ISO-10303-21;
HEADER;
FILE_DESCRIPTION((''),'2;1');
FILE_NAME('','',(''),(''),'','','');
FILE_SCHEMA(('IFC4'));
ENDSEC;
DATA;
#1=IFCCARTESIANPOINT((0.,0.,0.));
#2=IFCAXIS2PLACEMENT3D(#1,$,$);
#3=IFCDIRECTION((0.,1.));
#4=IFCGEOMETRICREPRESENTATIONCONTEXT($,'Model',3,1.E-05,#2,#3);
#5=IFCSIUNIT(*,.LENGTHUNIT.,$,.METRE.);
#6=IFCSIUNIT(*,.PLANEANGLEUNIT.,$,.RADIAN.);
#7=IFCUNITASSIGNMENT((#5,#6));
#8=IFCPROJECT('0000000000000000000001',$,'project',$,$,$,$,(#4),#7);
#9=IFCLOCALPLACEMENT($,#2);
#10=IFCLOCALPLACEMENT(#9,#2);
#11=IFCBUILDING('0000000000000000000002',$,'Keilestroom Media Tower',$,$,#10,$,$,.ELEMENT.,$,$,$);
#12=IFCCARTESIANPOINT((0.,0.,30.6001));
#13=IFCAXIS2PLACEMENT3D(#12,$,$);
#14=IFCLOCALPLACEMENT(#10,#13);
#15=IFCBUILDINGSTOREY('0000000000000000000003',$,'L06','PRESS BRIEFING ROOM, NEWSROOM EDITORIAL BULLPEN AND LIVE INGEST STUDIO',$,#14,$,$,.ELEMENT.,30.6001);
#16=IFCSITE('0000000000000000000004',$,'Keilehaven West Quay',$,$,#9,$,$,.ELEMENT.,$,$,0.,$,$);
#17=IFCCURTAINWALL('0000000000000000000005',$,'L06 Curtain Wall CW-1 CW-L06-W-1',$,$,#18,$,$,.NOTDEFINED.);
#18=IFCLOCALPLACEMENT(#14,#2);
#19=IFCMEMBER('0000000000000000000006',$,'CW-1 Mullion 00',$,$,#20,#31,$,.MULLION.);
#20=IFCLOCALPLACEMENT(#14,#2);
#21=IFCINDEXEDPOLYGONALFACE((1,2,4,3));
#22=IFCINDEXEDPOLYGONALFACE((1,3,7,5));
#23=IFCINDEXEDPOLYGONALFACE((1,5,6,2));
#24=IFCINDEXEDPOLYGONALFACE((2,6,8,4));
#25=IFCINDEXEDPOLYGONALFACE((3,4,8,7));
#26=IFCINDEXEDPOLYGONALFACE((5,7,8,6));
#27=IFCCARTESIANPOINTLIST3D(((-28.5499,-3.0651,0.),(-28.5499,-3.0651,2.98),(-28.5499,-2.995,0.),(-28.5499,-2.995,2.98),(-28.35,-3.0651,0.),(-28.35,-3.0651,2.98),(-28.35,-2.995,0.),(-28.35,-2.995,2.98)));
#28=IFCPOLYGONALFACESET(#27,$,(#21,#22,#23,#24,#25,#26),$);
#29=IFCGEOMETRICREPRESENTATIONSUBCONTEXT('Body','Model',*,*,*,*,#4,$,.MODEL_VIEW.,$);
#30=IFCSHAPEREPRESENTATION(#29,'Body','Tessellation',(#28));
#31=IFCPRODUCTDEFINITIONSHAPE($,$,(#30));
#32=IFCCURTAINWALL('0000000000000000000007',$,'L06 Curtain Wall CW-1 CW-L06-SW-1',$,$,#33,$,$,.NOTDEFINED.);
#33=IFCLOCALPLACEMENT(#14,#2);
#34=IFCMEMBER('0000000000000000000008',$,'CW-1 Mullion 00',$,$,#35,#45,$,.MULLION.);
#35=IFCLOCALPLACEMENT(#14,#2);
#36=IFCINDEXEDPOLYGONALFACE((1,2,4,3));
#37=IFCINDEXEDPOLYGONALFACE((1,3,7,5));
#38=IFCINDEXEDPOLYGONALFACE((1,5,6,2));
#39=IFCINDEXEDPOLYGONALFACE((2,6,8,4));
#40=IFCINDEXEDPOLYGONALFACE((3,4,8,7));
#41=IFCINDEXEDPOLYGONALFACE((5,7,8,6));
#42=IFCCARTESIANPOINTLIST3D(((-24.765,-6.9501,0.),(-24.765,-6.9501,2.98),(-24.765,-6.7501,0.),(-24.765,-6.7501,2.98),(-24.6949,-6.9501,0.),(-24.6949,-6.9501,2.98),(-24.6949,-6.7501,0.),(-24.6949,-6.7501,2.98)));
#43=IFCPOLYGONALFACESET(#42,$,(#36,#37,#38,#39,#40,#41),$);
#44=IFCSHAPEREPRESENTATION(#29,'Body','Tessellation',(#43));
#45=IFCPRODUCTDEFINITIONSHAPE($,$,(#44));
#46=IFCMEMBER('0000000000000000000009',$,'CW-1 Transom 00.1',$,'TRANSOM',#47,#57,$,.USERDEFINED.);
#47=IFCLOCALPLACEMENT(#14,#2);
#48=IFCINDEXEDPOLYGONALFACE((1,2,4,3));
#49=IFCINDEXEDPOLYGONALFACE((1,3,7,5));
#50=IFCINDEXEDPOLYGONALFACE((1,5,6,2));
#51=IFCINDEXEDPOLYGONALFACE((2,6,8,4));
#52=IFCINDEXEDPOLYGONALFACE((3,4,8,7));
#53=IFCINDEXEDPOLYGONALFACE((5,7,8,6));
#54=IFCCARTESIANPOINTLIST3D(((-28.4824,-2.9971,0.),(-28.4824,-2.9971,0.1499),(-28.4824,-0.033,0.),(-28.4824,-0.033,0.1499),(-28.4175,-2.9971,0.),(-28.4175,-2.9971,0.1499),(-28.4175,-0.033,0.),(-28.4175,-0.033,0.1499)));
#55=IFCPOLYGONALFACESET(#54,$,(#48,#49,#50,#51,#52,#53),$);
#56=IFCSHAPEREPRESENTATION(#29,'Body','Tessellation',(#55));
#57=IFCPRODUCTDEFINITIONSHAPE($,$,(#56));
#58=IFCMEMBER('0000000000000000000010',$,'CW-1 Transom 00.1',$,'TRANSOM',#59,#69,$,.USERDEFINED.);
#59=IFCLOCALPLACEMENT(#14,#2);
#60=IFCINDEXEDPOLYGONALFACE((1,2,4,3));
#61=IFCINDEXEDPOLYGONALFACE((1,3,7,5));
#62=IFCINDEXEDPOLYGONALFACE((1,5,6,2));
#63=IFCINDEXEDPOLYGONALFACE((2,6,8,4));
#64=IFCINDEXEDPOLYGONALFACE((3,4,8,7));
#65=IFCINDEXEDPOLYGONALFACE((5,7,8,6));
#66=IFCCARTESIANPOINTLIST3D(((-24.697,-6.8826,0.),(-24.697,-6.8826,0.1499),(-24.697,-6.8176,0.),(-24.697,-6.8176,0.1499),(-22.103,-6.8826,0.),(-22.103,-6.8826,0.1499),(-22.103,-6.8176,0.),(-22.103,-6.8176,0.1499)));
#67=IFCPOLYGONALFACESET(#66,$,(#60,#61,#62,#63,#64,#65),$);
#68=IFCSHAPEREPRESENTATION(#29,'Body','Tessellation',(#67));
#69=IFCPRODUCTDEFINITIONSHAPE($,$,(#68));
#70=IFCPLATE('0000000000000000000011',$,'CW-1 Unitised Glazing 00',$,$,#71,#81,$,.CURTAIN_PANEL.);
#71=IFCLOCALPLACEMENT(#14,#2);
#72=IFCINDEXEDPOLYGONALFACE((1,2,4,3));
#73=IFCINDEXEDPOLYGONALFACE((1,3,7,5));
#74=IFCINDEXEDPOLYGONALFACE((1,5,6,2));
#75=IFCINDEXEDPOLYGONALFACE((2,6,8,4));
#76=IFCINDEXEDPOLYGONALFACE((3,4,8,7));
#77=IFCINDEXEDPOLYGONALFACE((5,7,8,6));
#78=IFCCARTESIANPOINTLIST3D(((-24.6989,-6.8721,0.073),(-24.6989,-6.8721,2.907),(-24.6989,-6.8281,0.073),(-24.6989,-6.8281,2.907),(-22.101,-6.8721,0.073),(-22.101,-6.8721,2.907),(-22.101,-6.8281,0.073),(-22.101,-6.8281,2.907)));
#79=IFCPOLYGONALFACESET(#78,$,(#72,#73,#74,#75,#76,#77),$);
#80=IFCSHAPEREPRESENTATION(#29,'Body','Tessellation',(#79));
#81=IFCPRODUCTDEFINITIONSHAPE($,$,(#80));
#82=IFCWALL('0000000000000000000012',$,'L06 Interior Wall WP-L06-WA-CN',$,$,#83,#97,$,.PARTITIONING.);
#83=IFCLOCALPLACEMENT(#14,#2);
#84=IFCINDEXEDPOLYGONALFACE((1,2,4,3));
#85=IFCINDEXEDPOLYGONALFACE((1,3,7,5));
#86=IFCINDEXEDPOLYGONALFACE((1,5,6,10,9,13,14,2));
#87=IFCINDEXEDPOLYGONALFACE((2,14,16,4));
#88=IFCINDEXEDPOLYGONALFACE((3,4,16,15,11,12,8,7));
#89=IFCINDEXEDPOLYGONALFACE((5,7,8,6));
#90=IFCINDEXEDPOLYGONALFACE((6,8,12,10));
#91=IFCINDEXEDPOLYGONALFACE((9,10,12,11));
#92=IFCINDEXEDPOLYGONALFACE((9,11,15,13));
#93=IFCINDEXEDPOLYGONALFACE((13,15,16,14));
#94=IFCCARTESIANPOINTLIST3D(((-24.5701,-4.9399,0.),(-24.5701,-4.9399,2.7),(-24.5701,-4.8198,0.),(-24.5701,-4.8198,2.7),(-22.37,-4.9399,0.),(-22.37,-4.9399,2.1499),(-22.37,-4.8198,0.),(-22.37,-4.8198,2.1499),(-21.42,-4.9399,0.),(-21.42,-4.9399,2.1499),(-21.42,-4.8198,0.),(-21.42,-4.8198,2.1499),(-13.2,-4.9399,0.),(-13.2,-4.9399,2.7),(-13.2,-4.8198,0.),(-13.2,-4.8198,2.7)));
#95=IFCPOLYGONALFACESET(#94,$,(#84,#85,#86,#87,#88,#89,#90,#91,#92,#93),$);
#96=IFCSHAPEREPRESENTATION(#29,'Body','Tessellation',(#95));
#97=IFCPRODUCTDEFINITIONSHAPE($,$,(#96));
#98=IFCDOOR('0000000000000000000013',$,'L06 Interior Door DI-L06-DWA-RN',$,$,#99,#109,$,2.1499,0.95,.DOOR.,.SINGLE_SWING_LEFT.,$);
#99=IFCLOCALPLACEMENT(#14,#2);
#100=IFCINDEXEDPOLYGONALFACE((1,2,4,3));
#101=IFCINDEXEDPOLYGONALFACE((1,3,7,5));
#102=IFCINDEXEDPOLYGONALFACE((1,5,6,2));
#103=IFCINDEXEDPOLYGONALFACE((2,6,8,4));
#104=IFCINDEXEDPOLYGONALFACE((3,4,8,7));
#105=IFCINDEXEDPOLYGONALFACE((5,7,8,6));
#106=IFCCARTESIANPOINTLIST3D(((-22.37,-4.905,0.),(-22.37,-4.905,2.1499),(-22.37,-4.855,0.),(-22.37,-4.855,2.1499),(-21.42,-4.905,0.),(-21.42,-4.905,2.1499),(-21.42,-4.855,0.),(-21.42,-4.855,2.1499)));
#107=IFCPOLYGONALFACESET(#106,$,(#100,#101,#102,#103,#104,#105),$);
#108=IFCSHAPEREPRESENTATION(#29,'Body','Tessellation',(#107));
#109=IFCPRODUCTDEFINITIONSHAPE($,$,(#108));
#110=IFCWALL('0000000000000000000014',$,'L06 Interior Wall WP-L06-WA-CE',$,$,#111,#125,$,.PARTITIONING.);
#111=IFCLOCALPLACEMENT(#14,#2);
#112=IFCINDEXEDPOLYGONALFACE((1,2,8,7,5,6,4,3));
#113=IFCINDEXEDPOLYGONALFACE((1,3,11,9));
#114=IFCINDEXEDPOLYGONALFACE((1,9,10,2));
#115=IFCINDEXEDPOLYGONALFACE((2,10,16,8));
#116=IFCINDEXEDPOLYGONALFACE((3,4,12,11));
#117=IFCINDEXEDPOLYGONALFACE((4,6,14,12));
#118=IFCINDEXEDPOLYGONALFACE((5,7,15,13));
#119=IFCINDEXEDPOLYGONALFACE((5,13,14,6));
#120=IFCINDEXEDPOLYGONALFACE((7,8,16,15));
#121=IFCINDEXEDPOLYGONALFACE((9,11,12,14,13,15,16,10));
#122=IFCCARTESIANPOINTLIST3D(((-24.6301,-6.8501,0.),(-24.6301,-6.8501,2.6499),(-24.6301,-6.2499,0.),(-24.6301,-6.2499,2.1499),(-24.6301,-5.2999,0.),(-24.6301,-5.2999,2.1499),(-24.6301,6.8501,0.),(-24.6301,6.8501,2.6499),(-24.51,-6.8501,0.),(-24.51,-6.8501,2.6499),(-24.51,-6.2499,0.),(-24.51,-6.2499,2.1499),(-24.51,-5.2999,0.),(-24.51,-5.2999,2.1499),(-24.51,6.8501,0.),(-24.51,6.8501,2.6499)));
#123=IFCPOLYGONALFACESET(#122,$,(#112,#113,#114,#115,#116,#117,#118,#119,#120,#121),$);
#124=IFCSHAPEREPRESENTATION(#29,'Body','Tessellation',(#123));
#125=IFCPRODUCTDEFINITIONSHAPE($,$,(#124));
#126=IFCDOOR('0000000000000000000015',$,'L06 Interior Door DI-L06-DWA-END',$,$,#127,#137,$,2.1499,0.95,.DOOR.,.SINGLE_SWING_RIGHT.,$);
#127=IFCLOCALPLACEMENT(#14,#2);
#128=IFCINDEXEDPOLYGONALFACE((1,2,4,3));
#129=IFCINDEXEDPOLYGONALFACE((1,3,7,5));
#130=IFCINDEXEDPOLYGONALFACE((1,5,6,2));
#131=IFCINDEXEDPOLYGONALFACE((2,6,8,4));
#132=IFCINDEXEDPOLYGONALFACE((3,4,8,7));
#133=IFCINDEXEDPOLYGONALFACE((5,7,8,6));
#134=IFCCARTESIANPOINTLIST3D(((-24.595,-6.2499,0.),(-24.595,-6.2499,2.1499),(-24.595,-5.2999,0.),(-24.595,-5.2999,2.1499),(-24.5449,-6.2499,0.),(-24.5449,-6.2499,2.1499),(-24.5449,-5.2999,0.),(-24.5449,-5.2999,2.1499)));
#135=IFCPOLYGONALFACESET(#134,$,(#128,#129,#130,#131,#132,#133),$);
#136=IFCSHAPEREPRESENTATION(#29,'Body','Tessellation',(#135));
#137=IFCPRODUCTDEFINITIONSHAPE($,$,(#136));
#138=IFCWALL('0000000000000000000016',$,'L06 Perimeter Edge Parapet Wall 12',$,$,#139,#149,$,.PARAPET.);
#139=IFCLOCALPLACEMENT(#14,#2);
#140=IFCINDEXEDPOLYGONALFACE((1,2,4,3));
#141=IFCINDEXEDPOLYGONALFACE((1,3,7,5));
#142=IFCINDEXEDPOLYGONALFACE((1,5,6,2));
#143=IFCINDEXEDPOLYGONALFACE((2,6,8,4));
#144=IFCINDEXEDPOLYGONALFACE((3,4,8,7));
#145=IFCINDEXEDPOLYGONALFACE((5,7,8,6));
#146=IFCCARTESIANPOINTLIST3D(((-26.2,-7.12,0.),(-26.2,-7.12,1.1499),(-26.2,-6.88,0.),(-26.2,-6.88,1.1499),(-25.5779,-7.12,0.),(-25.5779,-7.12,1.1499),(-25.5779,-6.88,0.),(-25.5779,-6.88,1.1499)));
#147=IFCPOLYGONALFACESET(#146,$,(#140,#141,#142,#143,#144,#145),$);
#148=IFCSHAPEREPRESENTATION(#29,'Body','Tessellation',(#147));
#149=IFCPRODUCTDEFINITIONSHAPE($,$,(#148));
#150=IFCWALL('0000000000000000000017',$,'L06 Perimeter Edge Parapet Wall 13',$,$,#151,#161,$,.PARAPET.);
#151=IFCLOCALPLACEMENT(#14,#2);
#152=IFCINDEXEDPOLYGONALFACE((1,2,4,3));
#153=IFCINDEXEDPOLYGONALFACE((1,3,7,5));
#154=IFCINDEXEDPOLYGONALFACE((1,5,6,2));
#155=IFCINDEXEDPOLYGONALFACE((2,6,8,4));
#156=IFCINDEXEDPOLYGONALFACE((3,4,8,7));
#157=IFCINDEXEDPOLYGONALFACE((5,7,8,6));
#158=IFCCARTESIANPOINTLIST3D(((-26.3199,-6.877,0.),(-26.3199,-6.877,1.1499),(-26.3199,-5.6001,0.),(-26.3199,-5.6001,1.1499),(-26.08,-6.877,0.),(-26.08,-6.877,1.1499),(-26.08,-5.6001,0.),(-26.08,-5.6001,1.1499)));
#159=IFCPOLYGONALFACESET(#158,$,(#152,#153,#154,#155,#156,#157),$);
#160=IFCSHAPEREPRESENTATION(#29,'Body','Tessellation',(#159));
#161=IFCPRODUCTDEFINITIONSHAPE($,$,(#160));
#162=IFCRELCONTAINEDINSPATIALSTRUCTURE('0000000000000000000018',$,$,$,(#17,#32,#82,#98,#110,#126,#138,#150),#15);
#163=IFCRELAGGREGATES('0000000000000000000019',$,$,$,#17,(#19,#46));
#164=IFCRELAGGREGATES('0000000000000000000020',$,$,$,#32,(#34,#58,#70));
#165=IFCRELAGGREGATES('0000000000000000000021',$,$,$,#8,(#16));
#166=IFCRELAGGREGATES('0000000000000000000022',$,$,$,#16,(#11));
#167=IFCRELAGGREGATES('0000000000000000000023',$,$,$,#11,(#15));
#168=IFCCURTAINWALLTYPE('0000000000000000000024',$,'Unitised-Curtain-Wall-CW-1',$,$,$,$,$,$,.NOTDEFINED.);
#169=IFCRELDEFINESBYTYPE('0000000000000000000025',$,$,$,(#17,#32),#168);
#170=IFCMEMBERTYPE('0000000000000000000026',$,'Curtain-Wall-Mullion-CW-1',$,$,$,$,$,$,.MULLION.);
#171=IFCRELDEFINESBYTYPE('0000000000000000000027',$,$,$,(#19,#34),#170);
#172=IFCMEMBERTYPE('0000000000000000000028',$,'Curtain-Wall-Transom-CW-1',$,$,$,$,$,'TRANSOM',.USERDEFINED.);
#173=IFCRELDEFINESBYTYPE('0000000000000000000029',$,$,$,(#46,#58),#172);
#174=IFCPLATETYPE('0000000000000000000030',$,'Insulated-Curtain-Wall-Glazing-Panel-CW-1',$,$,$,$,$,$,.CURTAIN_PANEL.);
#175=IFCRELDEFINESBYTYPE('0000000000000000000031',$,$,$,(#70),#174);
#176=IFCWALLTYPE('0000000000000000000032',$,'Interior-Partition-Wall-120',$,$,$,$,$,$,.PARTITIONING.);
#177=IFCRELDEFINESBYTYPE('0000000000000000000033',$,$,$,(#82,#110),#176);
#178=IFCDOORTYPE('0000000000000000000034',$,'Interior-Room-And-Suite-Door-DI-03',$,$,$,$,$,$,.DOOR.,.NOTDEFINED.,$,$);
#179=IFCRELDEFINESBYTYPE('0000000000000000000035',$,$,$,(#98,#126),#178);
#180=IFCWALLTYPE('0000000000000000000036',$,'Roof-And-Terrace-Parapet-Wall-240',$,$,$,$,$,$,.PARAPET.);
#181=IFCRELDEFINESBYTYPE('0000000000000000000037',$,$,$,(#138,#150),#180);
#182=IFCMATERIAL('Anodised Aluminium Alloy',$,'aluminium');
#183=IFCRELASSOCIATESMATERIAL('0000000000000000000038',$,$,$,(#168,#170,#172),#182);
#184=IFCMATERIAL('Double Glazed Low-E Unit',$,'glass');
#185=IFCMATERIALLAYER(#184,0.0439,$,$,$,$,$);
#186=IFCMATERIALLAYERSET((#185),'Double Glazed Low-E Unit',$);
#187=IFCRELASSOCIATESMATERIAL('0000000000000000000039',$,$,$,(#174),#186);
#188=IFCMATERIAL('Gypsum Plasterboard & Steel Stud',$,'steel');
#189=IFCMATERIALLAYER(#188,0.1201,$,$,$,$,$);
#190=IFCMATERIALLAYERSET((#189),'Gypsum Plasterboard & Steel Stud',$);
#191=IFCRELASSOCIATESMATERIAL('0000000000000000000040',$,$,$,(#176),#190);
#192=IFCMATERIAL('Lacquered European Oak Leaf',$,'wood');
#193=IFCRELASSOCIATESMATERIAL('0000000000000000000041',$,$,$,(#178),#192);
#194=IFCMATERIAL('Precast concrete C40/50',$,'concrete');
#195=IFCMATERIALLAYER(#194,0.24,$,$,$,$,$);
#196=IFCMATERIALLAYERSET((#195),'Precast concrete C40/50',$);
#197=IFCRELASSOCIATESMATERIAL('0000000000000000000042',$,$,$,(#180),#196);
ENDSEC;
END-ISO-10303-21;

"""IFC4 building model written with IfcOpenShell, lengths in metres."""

from ifc_helpers import new_model, si_unit, direction, frame, frame_2d, origin, origin_2d, place, context, subcontext, project, spatial, rectangle, extrude, source, transform, mapped, material, layer, layer_set, material_profile, profile_set, type_object, element, fill, aggregate, save


model = new_model("IFC4")

# Units and contexts
model_context = context("Model", 3, precision=1e-05, world=origin(), true_north=direction((0.0, 1.0)))
body_context = subcontext(model_context, "Body", "Model", "MODEL_VIEW")
ifc_project = project(units=[si_unit("LENGTHUNIT", "METRE"), si_unit("PLANEANGLEUNIT", "RADIAN")], contexts=[model_context])

# Site, building, storey
site_placement = place(None, origin())
site = spatial("IfcSite", under=ifc_project, at=site_placement, Name="Keilehaven West Quay", CompositionType="ELEMENT", RefElevation=0.0)
building_placement = place(site_placement, origin())
building = spatial("IfcBuilding", under=site, at=building_placement, Name="Keilestroom Media Tower", CompositionType="ELEMENT")
storey_placement = place(building_placement, frame((0.0, 0.0, 30.6001)))
storey = spatial("IfcBuildingStorey", under=building, at=storey_placement, Name="L06", Description="PRESS BRIEFING ROOM, NEWSROOM EDITORIAL BULLPEN AND LIVE INGEST STUDIO", CompositionType="ELEMENT", Elevation=30.6001)

# Shared definitions
ifc_material_1 = material(Name="Precast concrete C40/50", Category="concrete")

# Curtain walls, members
ifc_material_2 = material(Name="Anodised Aluminium Alloy", Category="aluminium")
curtain_wall_type = type_object("IfcCurtainWallType", Name="Unitised-Curtain-Wall-CW-1", PredefinedType="NOTDEFINED", material=ifc_material_2)
curtain_wall_1_placement = place(storey_placement, origin())
curtain_wall_1 = element("IfcCurtainWall", 1, at=curtain_wall_1_placement, inside=storey, type_object=curtain_wall_type, Name="L06 Curtain Wall CW-1 CW-L06-W-1", PredefinedType="NOTDEFINED")
ifc_material_profile_1 = material_profile(ifc_material_2, rectangle(XDim=0.0701, YDim=0.2, at=origin_2d()), Name="ALU MULLION 70x200")
ifc_profile_set_1 = profile_set([ifc_material_profile_1], Name="Anodised Aluminium Alloy")
member_type_1 = type_object("IfcMemberType", Name="Curtain-Wall-Mullion-CW-1", PredefinedType="MULLION", material=ifc_profile_set_1)
shared_shape_1 = source(origin(), body_context, "Body", "SweptSolid", [
    extrude(rectangle(XDim=0.0701, YDim=0.2, at=origin_2d()), origin(), (0.0, 0.0, 1.0), 2.98),
])
member_1_placement = place(storey_placement, frame((-28.45, -3.03, 0.0), z_axis=(0.0, 0.0, 1.0), x_axis=(0.0, 1.0, 0.0)))
member_1 = element("IfcMember", 2, at=member_1_placement, type_object=member_type_1, Name="CW-1 Mullion 00", PredefinedType="MULLION", context=body_context, shape_type="MappedRepresentation", body=[
    mapped(shared_shape_1, transform((0.0, 0.0, 0.0), x_axis=(1.0, 0.0, 0.0), y_axis=(0.0, 1.0, 0.0), z_axis=(0.0, 0.0, 1.0), scale=1.0)),
])
curtain_wall_2_placement = place(storey_placement, origin())
curtain_wall_2 = element("IfcCurtainWall", 3, at=curtain_wall_2_placement, inside=storey, type_object=curtain_wall_type, Name="L06 Curtain Wall CW-1 CW-L06-SW-1", PredefinedType="NOTDEFINED")
member_2_placement = place(storey_placement, frame((-24.73, -6.8501, 0.0), z_axis=(0.0, 0.0, 1.0), x_axis=(1.0, 0.0, 0.0)))
member_2 = element("IfcMember", 4, at=member_2_placement, type_object=member_type_1, Name="CW-1 Mullion 00", PredefinedType="MULLION", context=body_context, shape_type="MappedRepresentation", body=[
    mapped(shared_shape_1, transform((0.0, 0.0, 0.0), x_axis=(1.0, 0.0, 0.0), y_axis=(0.0, 1.0, 0.0), z_axis=(0.0, 0.0, 1.0), scale=1.0)),
])

# Members
ifc_material_profile_2 = material_profile(ifc_material_2, rectangle(XDim=0.0649, YDim=0.1499, at=origin_2d()), Name="ALU TRANSOM 65x150")
ifc_profile_set_2 = profile_set([ifc_material_profile_2], Name="Anodised Aluminium Alloy")
member_type_2 = type_object("IfcMemberType", Name="Curtain-Wall-Transom-CW-1", ElementType="TRANSOM", PredefinedType="USERDEFINED", material=ifc_profile_set_2)
shared_shape_2 = source(origin(), body_context, "Body", "SweptSolid", [
    extrude(rectangle(XDim=0.0649, YDim=0.1499, at=origin_2d()), origin(), (0.0, 0.0, 1.0), 2.9641),
])
member_3_placement = place(storey_placement, frame((-28.45, -2.9971, 0.075), z_axis=(0.0, 1.0, 0.0), x_axis=(-1.0, 0.0, 0.0)))
member_3 = element("IfcMember", 5, at=member_3_placement, type_object=member_type_2, Name="CW-1 Transom 00.1", ObjectType="TRANSOM", PredefinedType="USERDEFINED", context=body_context, shape_type="MappedRepresentation", body=[
    mapped(shared_shape_2, transform((0.0, 0.0, 0.0), x_axis=(1.0, 0.0, 0.0), y_axis=(0.0, 1.0, 0.0), z_axis=(0.0, 0.0, 1.0), scale=1.0)),
])
aggregate(curtain_wall_1, [member_1, member_3])
shared_shape_3 = source(origin(), body_context, "Body", "SweptSolid", [
    extrude(rectangle(XDim=0.0649, YDim=0.1499, at=origin_2d()), origin(), (0.0, 0.0, 1.0), 2.594),
])
member_4_placement = place(storey_placement, frame((-24.697, -6.8501, 0.075), z_axis=(1.0, 0.0, 0.0), x_axis=(0.0, 1.0, 0.0)))
member_4 = element("IfcMember", 6, at=member_4_placement, type_object=member_type_2, Name="CW-1 Transom 00.1", ObjectType="TRANSOM", PredefinedType="USERDEFINED", context=body_context, shape_type="MappedRepresentation", body=[
    mapped(shared_shape_3, transform((0.0, 0.0, 0.0), x_axis=(1.0, 0.0, 0.0), y_axis=(0.0, 1.0, 0.0), z_axis=(0.0, 0.0, 1.0), scale=1.0)),
])

# Plate
ifc_material_3 = material(Name="Double Glazed Low-E Unit", Category="glass")
ifc_layer_1 = layer(ifc_material_3, 0.0439)
ifc_layer_set_1 = layer_set([ifc_layer_1], Name="Double Glazed Low-E Unit")
plate_type = type_object("IfcPlateType", Name="Insulated-Curtain-Wall-Glazing-Panel-CW-1", PredefinedType="CURTAIN_PANEL", material=ifc_layer_set_1)
shared_shape_4 = source(origin(), body_context, "Body", "SweptSolid", [
    extrude(rectangle(XDim=2.5979, YDim=0.0439, at=origin_2d()), origin(), (0.0, 0.0, 1.0), 2.834),
])
plate_placement = place(storey_placement, frame((-23.3999, -6.8501, 0.073), z_axis=(0.0, 0.0, 1.0), x_axis=(1.0, 0.0, 0.0)))
plate = element("IfcPlate", 7, at=plate_placement, type_object=plate_type, Name="CW-1 Unitised Glazing 00", PredefinedType="CURTAIN_PANEL", context=body_context, shape_type="MappedRepresentation", body=[
    mapped(shared_shape_4, transform((0.0, 0.0, 0.0), x_axis=(1.0, 0.0, 0.0), y_axis=(0.0, 1.0, 0.0), z_axis=(0.0, 0.0, 1.0), scale=1.0)),
])
aggregate(curtain_wall_2, [member_2, member_4, plate])

# Walls, openings, doors
ifc_material_4 = material(Name="Gypsum Plasterboard & Steel Stud", Category="steel")
ifc_layer_2 = layer(ifc_material_4, 0.1201)
ifc_layer_set_2 = layer_set([ifc_layer_2], Name="Gypsum Plasterboard & Steel Stud")
wall_type_1 = type_object("IfcWallType", Name="Interior-Partition-Wall-120", PredefinedType="PARTITIONING", material=ifc_layer_set_2)
wall_1_placement = place(storey_placement, frame((-24.5701, -4.8799, 0.0), z_axis=(0.0, 0.0, 1.0), x_axis=(1.0, 0.0, 0.0)))
wall_1 = element("IfcWall", 8, at=wall_1_placement, inside=storey, type_object=wall_type_1, Name="L06 Interior Wall WP-L06-WA-CN", PredefinedType="PARTITIONING", context=body_context, shape_type="SweptSolid", body=[
    extrude(rectangle(XDim=11.3701, YDim=0.1201, at=frame_2d((5.6851, 0.0))), origin(), (0.0, 0.0, 1.0), 2.7),
])
opening_1_placement = place(wall_1_placement, frame((2.2, 0.0, 0.0)))
opening_1 = element("IfcOpeningElement", 9, at=opening_1_placement, cuts=wall_1, PredefinedType="OPENING", context=body_context, shape_type="SweptSolid", body=[
    extrude(rectangle(XDim=0.95, YDim=2.1499, at=frame_2d((0.4751, 1.075))), frame((0.0, 0.0701, 0.0), z_axis=(0.0, -1.0, 0.0), x_axis=(1.0, 0.0, 0.0)), (0.0, 0.0, 1.0), 0.1401),
])
ifc_material_5 = material(Name="Lacquered European Oak Leaf", Category="wood")
door_type = type_object("IfcDoorType", Name="Interior-Room-And-Suite-Door-DI-03", OperationType="NOTDEFINED", PredefinedType="DOOR", material=ifc_material_5)
shared_shape_5 = source(origin(), body_context, "Body", "SweptSolid", [
    extrude(rectangle(XDim=0.95, YDim=2.1499, at=frame_2d((0.4751, 1.075))), frame((0.0, 0.0249, 0.0), z_axis=(0.0, -1.0, 0.0), x_axis=(1.0, 0.0, 0.0)), (0.0, 0.0, 1.0), 0.05),
])
door_1_placement = place(opening_1_placement, origin())
door_1 = element("IfcDoor", 10, at=door_1_placement, inside=storey, type_object=door_type, Name="L06 Interior Door DI-L06-DWA-RN", OperationType="SINGLE_SWING_LEFT", OverallHeight=2.1499, OverallWidth=0.95, PredefinedType="DOOR", context=body_context, shape_type="MappedRepresentation", body=[
    mapped(shared_shape_5, transform((0.0, 0.0, 0.0), x_axis=(1.0, 0.0, 0.0), y_axis=(0.0, 1.0, 0.0), z_axis=(0.0, 0.0, 1.0), scale=1.0)),
])
fill(opening_1, door_1)
wall_2_placement = place(storey_placement, frame((-24.5701, -6.8501, 0.0), z_axis=(0.0, 0.0, 1.0), x_axis=(0.0, 1.0, 0.0)))
wall_2 = element("IfcWall", 11, at=wall_2_placement, inside=storey, type_object=wall_type_1, Name="L06 Interior Wall WP-L06-WA-CE", PredefinedType="PARTITIONING", context=body_context, shape_type="SweptSolid", body=[
    extrude(rectangle(XDim=13.7002, YDim=0.1201, at=frame_2d((6.8501, 0.0))), origin(), (0.0, 0.0, 1.0), 2.6499),
])
opening_2_placement = place(wall_2_placement, frame((0.6001, 0.0, 0.0)))
opening_2 = element("IfcOpeningElement", 12, at=opening_2_placement, cuts=wall_2, PredefinedType="OPENING", context=body_context, shape_type="SweptSolid", body=[
    extrude(rectangle(XDim=0.95, YDim=2.1499, at=frame_2d((0.4751, 1.075))), frame((0.0, 0.0701, 0.0), z_axis=(0.0, -1.0, 0.0), x_axis=(1.0, 0.0, 0.0)), (0.0, 0.0, 1.0), 0.1401),
])
door_2_placement = place(opening_2_placement, origin())
door_2 = element("IfcDoor", 13, at=door_2_placement, inside=storey, type_object=door_type, Name="L06 Interior Door DI-L06-DWA-END", OperationType="SINGLE_SWING_RIGHT", OverallHeight=2.1499, OverallWidth=0.95, PredefinedType="DOOR", context=body_context, shape_type="MappedRepresentation", body=[
    mapped(shared_shape_5, transform((0.0, 0.0, 0.0), x_axis=(1.0, 0.0, 0.0), y_axis=(0.0, 1.0, 0.0), z_axis=(0.0, 0.0, 1.0), scale=1.0)),
])
fill(opening_2, door_2)

# Walls
ifc_layer_3 = layer(ifc_material_1, 0.24)
ifc_layer_set_3 = layer_set([ifc_layer_3], Name="Precast concrete C40/50")
wall_type_2 = type_object("IfcWallType", Name="Roof-And-Terrace-Parapet-Wall-240", PredefinedType="PARAPET", material=ifc_layer_set_3)
wall_3_placement = place(storey_placement, frame((-25.5779, -7.0, 0.0), z_axis=(0.0, 0.0, 1.0), x_axis=(-1.0, 0.0, 0.0)))
element("IfcWall", 14, at=wall_3_placement, inside=storey, type_object=wall_type_2, Name="L06 Perimeter Edge Parapet Wall 12", PredefinedType="PARAPET", context=body_context, shape_type="SweptSolid", body=[
    extrude(rectangle(XDim=0.6221, YDim=0.24, at=frame_2d((0.311, 0.0))), origin(), (0.0, 0.0, 1.0), 1.1499),
])
wall_4_placement = place(storey_placement, frame((-26.2, -6.877, 0.0), z_axis=(0.0, 0.0, 1.0), x_axis=(0.0, 1.0, 0.0)))
element("IfcWall", 15, at=wall_4_placement, inside=storey, type_object=wall_type_2, Name="L06 Perimeter Edge Parapet Wall 13", PredefinedType="PARAPET", context=body_context, shape_type="SweptSolid", body=[
    extrude(rectangle(XDim=1.2769, YDim=0.24, at=frame_2d((0.6384, 0.0))), origin(), (0.0, 0.0, 1.0), 1.1499),
])

save(model, "model.ifc")
